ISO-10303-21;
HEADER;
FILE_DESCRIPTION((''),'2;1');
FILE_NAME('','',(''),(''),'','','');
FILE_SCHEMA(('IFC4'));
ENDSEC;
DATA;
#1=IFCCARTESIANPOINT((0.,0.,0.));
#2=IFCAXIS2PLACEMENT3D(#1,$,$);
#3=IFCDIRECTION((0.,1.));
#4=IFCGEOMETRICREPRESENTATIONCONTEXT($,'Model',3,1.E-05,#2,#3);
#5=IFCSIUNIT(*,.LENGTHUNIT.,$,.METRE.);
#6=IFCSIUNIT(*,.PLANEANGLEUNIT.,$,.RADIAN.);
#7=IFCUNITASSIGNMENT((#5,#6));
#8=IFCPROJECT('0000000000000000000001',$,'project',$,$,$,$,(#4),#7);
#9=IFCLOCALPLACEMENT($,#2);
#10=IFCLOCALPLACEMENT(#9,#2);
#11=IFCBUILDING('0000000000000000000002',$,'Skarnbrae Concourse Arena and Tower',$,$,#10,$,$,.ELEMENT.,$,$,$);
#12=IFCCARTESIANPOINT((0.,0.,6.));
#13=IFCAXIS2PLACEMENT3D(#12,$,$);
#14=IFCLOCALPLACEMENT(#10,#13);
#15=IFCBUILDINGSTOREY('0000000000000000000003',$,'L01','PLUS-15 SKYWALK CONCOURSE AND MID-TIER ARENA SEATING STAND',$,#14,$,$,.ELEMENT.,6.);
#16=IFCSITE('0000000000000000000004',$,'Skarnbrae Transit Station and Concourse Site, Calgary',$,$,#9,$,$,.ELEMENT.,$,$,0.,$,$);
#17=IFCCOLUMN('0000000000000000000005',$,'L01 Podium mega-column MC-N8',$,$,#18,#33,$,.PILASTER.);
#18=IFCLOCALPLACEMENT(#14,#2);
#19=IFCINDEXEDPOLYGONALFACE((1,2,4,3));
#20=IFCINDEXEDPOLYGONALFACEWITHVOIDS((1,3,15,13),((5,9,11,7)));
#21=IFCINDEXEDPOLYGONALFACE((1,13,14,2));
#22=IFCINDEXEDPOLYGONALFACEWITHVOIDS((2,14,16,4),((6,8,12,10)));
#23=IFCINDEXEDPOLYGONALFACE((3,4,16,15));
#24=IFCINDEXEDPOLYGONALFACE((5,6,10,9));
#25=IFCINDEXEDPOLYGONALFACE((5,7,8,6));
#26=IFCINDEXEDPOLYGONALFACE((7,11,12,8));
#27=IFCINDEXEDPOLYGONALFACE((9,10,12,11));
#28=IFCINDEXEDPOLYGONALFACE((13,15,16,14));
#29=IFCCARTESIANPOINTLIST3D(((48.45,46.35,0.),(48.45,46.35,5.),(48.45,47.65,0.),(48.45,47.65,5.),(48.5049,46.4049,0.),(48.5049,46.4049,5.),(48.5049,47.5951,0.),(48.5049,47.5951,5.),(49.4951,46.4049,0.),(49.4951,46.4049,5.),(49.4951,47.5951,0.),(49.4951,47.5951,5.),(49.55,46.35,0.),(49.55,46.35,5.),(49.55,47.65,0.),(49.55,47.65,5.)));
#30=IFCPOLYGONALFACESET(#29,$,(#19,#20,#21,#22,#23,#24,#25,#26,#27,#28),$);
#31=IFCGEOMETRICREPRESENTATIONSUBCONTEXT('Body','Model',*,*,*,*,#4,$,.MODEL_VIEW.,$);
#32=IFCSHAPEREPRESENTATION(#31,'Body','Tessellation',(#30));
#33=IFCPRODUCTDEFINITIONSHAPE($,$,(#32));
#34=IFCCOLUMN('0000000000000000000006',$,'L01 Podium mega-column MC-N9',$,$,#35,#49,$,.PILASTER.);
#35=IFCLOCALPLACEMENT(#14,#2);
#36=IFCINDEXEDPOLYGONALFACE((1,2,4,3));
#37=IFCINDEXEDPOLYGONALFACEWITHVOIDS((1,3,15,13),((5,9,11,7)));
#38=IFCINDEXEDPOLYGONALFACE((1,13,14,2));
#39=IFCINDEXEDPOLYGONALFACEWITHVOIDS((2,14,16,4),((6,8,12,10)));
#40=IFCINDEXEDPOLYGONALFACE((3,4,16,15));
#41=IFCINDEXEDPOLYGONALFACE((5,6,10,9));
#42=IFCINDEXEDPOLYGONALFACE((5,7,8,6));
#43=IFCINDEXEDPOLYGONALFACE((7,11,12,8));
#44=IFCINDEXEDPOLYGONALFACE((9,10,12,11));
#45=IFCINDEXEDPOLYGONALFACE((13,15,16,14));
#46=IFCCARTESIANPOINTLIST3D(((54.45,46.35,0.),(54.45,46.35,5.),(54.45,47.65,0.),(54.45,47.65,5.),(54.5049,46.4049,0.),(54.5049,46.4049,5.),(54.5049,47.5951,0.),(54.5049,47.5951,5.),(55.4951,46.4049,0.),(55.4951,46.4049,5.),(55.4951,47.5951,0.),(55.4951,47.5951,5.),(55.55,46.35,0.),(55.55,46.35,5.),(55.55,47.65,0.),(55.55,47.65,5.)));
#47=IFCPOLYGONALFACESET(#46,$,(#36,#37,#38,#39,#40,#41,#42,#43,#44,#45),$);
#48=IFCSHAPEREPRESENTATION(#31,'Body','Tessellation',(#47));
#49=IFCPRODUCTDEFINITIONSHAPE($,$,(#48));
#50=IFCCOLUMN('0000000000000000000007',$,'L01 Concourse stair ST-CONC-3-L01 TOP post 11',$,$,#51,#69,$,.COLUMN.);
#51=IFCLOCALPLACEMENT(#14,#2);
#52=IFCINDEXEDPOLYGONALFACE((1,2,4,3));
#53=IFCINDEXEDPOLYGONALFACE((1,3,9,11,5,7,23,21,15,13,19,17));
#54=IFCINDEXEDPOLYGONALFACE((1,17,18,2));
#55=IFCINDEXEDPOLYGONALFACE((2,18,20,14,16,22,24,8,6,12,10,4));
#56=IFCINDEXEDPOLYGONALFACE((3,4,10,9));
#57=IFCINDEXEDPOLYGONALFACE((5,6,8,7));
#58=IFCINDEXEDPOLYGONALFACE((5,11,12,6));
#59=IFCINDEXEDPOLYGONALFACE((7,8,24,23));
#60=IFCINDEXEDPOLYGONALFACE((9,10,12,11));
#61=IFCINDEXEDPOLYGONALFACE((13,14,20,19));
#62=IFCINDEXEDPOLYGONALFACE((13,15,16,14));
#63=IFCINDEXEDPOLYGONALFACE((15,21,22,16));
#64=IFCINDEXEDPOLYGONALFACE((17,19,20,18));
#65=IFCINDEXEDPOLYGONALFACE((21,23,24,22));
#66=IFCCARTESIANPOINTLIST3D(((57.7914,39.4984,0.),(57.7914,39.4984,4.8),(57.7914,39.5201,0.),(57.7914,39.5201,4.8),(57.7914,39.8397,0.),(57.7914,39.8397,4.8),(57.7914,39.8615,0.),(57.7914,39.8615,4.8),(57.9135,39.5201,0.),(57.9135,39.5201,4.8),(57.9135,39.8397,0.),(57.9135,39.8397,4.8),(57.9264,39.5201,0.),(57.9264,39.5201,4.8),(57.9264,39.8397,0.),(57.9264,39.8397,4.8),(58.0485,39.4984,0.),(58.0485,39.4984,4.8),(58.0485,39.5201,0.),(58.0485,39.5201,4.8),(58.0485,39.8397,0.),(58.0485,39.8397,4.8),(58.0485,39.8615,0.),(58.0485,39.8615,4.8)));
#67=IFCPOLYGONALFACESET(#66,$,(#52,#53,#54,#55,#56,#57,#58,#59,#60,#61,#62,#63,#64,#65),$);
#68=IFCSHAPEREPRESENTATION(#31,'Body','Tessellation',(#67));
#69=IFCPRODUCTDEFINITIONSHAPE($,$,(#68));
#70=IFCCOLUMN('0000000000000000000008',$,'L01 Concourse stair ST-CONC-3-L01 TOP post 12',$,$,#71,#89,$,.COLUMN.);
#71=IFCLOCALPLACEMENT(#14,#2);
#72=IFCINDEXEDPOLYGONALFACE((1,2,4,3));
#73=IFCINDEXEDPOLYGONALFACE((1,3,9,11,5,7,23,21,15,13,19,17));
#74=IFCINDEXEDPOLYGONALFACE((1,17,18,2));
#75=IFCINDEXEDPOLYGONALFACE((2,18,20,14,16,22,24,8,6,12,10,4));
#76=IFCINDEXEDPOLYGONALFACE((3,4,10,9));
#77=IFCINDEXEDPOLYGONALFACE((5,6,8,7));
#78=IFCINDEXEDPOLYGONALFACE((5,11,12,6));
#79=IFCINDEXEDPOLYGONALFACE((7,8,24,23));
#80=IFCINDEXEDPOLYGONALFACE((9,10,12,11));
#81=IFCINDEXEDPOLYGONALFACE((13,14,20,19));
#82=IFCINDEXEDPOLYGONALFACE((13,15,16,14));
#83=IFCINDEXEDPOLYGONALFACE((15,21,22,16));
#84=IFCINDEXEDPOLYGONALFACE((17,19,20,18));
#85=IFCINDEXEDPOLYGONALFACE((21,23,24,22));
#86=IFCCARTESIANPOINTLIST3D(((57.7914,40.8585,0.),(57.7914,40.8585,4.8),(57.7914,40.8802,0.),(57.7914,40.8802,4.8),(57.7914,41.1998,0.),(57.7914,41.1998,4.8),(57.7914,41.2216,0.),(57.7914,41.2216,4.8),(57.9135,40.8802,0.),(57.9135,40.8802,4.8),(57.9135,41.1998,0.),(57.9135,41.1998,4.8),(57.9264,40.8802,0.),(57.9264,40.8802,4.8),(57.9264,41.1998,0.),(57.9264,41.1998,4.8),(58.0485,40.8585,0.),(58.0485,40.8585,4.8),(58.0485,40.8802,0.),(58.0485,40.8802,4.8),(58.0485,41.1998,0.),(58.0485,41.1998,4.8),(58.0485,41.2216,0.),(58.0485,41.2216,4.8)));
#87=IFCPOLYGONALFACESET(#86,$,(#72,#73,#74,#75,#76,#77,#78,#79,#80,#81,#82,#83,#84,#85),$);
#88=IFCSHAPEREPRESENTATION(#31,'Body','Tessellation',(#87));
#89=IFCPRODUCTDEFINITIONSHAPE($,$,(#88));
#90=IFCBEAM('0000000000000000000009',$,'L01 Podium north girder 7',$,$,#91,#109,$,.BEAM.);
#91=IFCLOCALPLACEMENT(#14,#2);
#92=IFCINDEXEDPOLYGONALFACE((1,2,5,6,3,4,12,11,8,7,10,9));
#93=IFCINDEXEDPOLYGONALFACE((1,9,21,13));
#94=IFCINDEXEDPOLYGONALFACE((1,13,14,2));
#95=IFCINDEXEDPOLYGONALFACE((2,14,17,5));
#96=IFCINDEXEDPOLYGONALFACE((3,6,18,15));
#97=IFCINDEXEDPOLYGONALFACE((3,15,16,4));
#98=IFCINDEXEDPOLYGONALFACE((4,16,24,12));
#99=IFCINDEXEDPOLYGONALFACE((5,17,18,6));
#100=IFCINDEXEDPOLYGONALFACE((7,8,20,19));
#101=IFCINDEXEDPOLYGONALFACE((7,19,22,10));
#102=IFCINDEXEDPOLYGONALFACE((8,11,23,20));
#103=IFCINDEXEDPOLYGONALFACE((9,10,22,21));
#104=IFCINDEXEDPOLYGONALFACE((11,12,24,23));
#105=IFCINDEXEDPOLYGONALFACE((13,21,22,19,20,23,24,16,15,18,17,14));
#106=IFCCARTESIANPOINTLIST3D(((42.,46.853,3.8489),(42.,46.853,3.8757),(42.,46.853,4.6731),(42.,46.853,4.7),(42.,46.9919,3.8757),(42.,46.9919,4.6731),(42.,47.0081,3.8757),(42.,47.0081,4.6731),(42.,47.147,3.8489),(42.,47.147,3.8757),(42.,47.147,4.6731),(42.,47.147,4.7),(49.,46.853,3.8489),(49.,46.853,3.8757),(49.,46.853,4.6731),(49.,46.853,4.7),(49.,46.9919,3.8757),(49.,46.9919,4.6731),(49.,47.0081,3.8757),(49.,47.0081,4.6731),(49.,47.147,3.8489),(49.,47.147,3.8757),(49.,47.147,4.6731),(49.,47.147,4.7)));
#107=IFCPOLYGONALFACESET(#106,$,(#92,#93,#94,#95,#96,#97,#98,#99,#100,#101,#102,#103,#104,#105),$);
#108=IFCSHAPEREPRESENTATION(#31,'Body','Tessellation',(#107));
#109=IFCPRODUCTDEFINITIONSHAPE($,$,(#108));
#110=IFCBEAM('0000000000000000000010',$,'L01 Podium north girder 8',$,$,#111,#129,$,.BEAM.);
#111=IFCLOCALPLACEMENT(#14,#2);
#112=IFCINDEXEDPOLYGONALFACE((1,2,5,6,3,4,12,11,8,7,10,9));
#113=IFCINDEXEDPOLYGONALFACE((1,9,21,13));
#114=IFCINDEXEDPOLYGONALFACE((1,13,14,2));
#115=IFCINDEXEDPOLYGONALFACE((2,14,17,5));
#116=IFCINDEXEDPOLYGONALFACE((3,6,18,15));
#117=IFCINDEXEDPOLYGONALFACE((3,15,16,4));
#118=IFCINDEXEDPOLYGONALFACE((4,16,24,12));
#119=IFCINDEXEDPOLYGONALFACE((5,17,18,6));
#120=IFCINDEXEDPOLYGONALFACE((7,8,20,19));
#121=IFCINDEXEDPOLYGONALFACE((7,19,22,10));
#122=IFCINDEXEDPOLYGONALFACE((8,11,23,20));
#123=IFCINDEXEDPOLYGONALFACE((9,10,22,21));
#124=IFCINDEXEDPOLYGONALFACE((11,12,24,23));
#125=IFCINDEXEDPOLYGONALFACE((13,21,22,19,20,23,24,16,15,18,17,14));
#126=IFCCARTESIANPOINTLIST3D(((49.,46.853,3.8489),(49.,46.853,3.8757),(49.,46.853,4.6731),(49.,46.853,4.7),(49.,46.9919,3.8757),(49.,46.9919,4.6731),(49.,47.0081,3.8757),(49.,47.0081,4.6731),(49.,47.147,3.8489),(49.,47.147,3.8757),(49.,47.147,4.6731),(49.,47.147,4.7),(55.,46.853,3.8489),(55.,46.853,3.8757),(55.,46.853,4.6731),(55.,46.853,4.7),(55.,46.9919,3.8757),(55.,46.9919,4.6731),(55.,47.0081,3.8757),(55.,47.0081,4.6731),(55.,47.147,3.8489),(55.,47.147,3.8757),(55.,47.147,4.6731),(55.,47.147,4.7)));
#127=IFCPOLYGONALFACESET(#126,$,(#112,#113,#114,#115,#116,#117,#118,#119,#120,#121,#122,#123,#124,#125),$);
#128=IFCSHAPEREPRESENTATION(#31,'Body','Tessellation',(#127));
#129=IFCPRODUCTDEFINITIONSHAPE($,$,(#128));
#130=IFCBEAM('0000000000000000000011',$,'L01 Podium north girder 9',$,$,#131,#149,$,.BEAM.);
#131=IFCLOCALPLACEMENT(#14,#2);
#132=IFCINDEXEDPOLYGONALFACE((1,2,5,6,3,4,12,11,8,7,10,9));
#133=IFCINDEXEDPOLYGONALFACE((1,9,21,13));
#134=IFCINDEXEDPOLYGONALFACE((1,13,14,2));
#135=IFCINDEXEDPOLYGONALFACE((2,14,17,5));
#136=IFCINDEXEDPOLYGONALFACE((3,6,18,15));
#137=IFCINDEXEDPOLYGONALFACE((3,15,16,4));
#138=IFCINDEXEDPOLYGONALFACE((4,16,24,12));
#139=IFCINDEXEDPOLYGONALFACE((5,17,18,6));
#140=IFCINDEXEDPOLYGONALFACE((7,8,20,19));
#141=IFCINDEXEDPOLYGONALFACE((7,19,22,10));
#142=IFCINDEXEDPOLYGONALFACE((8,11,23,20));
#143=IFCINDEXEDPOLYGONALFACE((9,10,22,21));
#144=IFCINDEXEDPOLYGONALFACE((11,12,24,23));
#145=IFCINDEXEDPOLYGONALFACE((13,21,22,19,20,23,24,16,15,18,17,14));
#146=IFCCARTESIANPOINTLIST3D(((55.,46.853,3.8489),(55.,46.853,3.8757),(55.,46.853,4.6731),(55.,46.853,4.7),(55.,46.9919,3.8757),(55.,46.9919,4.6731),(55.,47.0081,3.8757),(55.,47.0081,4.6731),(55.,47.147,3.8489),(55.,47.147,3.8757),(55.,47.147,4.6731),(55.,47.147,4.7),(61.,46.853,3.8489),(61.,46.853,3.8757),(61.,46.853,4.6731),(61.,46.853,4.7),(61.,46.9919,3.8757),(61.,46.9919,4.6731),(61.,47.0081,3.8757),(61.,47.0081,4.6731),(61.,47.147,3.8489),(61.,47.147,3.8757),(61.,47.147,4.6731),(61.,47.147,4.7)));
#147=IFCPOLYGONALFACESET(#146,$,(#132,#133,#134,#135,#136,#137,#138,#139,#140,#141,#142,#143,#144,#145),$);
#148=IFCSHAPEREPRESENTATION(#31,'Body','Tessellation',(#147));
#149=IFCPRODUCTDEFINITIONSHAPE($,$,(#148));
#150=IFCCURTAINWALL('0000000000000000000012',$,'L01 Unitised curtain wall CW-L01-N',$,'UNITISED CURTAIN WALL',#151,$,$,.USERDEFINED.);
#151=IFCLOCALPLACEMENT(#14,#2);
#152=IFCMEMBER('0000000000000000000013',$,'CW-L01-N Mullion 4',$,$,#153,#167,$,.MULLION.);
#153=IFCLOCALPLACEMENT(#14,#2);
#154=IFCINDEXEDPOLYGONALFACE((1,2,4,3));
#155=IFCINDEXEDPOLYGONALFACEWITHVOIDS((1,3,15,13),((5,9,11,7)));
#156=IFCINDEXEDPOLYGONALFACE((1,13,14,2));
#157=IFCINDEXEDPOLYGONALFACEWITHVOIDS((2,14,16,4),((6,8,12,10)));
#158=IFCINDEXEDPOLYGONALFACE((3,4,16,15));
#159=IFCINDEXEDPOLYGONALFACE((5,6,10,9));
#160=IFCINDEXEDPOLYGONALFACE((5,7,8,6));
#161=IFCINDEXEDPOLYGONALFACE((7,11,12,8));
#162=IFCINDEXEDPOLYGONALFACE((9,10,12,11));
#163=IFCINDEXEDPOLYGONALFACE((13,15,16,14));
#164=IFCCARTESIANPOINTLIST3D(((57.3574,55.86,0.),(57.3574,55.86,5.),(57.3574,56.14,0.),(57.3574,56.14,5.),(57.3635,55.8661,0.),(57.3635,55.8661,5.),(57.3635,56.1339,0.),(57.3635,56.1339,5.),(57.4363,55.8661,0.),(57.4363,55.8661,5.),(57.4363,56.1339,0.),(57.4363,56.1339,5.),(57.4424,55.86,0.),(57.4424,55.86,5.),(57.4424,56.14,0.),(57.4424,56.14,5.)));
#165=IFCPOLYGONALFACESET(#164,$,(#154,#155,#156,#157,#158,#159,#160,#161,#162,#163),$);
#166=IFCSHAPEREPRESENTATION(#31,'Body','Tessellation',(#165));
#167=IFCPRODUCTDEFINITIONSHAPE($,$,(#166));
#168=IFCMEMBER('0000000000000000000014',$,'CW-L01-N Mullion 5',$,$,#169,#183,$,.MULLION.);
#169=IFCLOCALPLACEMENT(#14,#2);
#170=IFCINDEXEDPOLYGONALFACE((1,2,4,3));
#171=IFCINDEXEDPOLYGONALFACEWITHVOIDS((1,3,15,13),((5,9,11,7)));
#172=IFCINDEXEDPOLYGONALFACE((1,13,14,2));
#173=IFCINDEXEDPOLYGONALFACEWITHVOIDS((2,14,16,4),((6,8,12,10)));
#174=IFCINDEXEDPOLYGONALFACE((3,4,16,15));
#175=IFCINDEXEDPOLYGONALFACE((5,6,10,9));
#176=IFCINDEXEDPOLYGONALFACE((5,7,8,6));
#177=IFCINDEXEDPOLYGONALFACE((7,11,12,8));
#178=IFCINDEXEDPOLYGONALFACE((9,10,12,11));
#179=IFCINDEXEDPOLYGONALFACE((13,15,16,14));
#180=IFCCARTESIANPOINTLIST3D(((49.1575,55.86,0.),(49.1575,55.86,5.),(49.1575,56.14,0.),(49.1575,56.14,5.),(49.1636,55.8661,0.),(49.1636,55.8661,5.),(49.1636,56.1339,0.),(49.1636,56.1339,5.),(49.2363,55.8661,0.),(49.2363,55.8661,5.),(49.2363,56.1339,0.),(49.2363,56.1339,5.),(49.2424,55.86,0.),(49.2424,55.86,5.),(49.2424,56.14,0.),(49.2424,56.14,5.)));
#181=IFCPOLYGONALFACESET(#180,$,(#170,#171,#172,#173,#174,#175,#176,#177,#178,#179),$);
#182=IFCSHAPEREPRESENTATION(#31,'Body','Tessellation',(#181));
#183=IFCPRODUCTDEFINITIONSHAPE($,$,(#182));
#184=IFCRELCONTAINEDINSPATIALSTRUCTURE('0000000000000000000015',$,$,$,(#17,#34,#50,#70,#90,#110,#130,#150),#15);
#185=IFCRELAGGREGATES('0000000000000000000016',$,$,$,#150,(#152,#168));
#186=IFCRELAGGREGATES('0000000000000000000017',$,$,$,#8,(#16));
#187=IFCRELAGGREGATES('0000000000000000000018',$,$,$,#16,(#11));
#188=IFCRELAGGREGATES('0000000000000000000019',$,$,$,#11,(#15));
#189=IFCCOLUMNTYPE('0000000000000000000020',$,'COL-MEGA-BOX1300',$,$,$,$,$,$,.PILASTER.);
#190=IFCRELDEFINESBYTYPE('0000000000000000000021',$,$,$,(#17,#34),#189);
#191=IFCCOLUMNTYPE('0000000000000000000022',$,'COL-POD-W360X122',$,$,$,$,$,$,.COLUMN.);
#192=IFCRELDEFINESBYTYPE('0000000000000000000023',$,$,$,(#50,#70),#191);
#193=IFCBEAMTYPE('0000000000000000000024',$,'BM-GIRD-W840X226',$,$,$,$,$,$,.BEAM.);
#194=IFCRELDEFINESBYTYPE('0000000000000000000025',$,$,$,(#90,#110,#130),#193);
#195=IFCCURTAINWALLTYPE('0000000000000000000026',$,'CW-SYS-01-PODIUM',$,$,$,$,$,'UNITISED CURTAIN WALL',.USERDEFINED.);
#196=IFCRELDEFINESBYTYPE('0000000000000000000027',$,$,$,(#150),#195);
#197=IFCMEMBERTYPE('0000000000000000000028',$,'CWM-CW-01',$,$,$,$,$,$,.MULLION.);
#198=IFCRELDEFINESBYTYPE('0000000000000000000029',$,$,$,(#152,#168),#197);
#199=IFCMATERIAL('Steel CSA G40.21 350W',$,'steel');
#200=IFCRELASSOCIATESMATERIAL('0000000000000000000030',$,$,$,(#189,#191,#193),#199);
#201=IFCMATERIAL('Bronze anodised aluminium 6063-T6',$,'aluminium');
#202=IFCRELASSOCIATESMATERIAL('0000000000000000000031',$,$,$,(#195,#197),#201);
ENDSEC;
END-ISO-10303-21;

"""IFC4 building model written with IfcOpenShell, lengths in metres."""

from ifc_helpers import new_model, si_unit, direction, frame, origin, origin_2d, place, context, subcontext, project, spatial, hollow_rectangle, i_section, extrude, source, transform, mapped, material, material_profile, profile_set, type_object, element, aggregate, save


model = new_model("IFC4")

# Units and contexts
model_context = context("Model", 3, precision=1e-05, world=origin(), true_north=direction((0.0, 1.0)))
body_context = subcontext(model_context, "Body", "Model", "MODEL_VIEW")
ifc_project = project(units=[si_unit("LENGTHUNIT", "METRE"), si_unit("PLANEANGLEUNIT", "RADIAN")], contexts=[model_context])

# Site, building, storey
site_placement = place(None, origin())
site = spatial("IfcSite", under=ifc_project, at=site_placement, Name="Skarnbrae Transit Station and Concourse Site, Calgary", CompositionType="ELEMENT", RefElevation=0.0)
building_placement = place(site_placement, origin())
building = spatial("IfcBuilding", under=site, at=building_placement, Name="Skarnbrae Concourse Arena and Tower", CompositionType="ELEMENT")
storey_placement = place(building_placement, frame((0.0, 0.0, 6.0)))
storey = spatial("IfcBuildingStorey", under=building, at=storey_placement, Name="L01", Description="PLUS-15 SKYWALK CONCOURSE AND MID-TIER ARENA SEATING STAND", CompositionType="ELEMENT", Elevation=6.0)

# Columns
ifc_material_1 = material(Name="Steel CSA G40.21 350W", Category="steel")
ifc_material_profile_1 = material_profile(ifc_material_1, hollow_rectangle(XDim=1.1001, YDim=1.3, WallThickness=0.0549, at=origin_2d()), Name="BOX1300X1100X55")
ifc_profile_set_1 = profile_set([ifc_material_profile_1], Name="Steel CSA G40.21 350W")
column_type_1 = type_object("IfcColumnType", Name="COL-MEGA-BOX1300", PredefinedType="PILASTER", material=ifc_profile_set_1)
shared_shape_1 = source(origin(), body_context, "Body", "SweptSolid", [
    extrude(hollow_rectangle(XDim=1.1001, YDim=1.3, WallThickness=0.0549, at=origin_2d()), origin(), (0.0, 0.0, 1.0), 5.0),
])
for number, where, z_axis, x_axis, name in (
    (1, (49.0, 47.0, 0.0), (0.0, 0.0, 1.0), (1.0, 0.0, 0.0), "L01 Podium mega-column MC-N8"),
    (2, (55.0, 47.0, 0.0), (0.0, 0.0, 1.0), (1.0, 0.0, 0.0), "L01 Podium mega-column MC-N9"),
):
    element("IfcColumn", number, at=place(storey_placement, frame(where, z_axis=z_axis, x_axis=x_axis)), inside=storey, type_object=column_type_1, Name=name, PredefinedType="PILASTER", context=body_context, shape_type="MappedRepresentation", body=[
        mapped(shared_shape_1, transform((0.0, 0.0, 0.0))),
    ])
ifc_material_profile_2 = material_profile(ifc_material_1, i_section(OverallWidth=0.2571, OverallDepth=0.363, WebThickness=0.0129, FlangeThickness=0.0217, at=origin_2d()), Name="W360X122")
ifc_profile_set_2 = profile_set([ifc_material_profile_2], Name="Steel CSA G40.21 350W")
column_type_2 = type_object("IfcColumnType", Name="COL-POD-W360X122", PredefinedType="COLUMN", material=ifc_profile_set_2)
shared_shape_2 = source(origin(), body_context, "Body", "SweptSolid", [
    extrude(i_section(OverallWidth=0.2571, OverallDepth=0.363, WebThickness=0.0129, FlangeThickness=0.0217, at=origin_2d()), origin(), (0.0, 0.0, 1.0), 4.8),
])
for number, where, z_axis, x_axis, name in (
    (3, (57.9199, 39.6799, 0.0), (0.0, 0.0, 1.0), (1.0, 0.0, 0.0), "L01 Concourse stair ST-CONC-3-L01 TOP post 11"),
    (4, (57.9199, 41.04, 0.0), (0.0, 0.0, 1.0), (1.0, 0.0, 0.0), "L01 Concourse stair ST-CONC-3-L01 TOP post 12"),
):
    element("IfcColumn", number, at=place(storey_placement, frame(where, z_axis=z_axis, x_axis=x_axis)), inside=storey, type_object=column_type_2, Name=name, PredefinedType="COLUMN", context=body_context, shape_type="MappedRepresentation", body=[
        mapped(shared_shape_2, transform((0.0, 0.0, 0.0))),
    ])

# Beams
ifc_material_profile_3 = material_profile(ifc_material_1, i_section(OverallWidth=0.2939, OverallDepth=0.8511, WebThickness=0.0161, FlangeThickness=0.0269, at=origin_2d()), Name="W840X226")
ifc_profile_set_3 = profile_set([ifc_material_profile_3], Name="Steel CSA G40.21 350W")
beam_type_1 = type_object("IfcBeamType", Name="BM-GIRD-W840X226", PredefinedType="BEAM", material=ifc_profile_set_3)
shared_shape_3 = source(origin(), body_context, "Body", "SweptSolid", [
    extrude(i_section(OverallWidth=0.2939, OverallDepth=0.8511, WebThickness=0.0161, FlangeThickness=0.0269, at=origin_2d()), origin(), (0.0, 0.0, 1.0), 7.0),
])
beam_1_placement = place(storey_placement, frame((42.0, 47.0, 4.2744), z_axis=(1.0, 0.0, 0.0), x_axis=(0.0, 1.0, 0.0)))
element("IfcBeam", 5, at=beam_1_placement, inside=storey, type_object=beam_type_1, Name="L01 Podium north girder 7", PredefinedType="BEAM", context=body_context, shape_type="MappedRepresentation", body=[
    mapped(shared_shape_3, transform((0.0, 0.0, 0.0))),
])
shared_shape_4 = source(origin(), body_context, "Body", "SweptSolid", [
    extrude(i_section(OverallWidth=0.2939, OverallDepth=0.8511, WebThickness=0.0161, FlangeThickness=0.0269, at=origin_2d()), origin(), (0.0, 0.0, 1.0), 6.0),
])
for number, where, z_axis, x_axis, name in (
    (6, (49.0, 47.0, 4.2744), (1.0, 0.0, 0.0), (0.0, 1.0, 0.0), "L01 Podium north girder 8"),
    (7, (55.0, 47.0, 4.2744), (1.0, 0.0, 0.0), (0.0, 1.0, 0.0), "L01 Podium north girder 9"),
):
    element("IfcBeam", number, at=place(storey_placement, frame(where, z_axis=z_axis, x_axis=x_axis)), inside=storey, type_object=beam_type_1, Name=name, PredefinedType="BEAM", context=body_context, shape_type="MappedRepresentation", body=[
        mapped(shared_shape_4, transform((0.0, 0.0, 0.0))),
    ])

# Curtain wall, members
ifc_material_2 = material(Name="Bronze anodised aluminium 6063-T6", Category="aluminium")
curtain_wall_type = type_object("IfcCurtainWallType", Name="CW-SYS-01-PODIUM", ElementType="UNITISED CURTAIN WALL", PredefinedType="USERDEFINED", material=ifc_material_2)
curtain_wall_placement = place(storey_placement, origin())
curtain_wall = element("IfcCurtainWall", 8, at=curtain_wall_placement, inside=storey, type_object=curtain_wall_type, Name="L01 Unitised curtain wall CW-L01-N", ObjectType="UNITISED CURTAIN WALL", PredefinedType="USERDEFINED")
ifc_material_profile_4 = material_profile(ifc_material_2, hollow_rectangle(XDim=0.085, YDim=0.28, WallThickness=0.0061, at=origin_2d()), Name="ALU-MULL-85X280")
ifc_profile_set_4 = profile_set([ifc_material_profile_4], Name="Bronze anodised aluminium 6063-T6")
member_type_1 = type_object("IfcMemberType", Name="CWM-CW-01", PredefinedType="MULLION", material=ifc_profile_set_4)
shared_shape_5 = source(origin(), body_context, "Body", "SweptSolid", [
    extrude(hollow_rectangle(XDim=0.085, YDim=0.28, WallThickness=0.0061, at=origin_2d()), origin(), (0.0, 0.0, 1.0), 5.0),
])
member_1_placement = place(storey_placement, frame((57.3999, 56.0, 0.0), z_axis=(0.0, 0.0, 1.0), x_axis=(-1.0, 0.0, 0.0)))
member_1 = element("IfcMember", 9, at=member_1_placement, type_object=member_type_1, Name="CW-L01-N Mullion 4", PredefinedType="MULLION", context=body_context, shape_type="MappedRepresentation", body=[
    mapped(shared_shape_5, transform((0.0, 0.0, 0.0))),
])
member_2_placement = place(storey_placement, frame((49.2, 56.0, 0.0), z_axis=(0.0, 0.0, 1.0), x_axis=(-1.0, 0.0, 0.0)))
member_2 = element("IfcMember", 10, at=member_2_placement, type_object=member_type_1, Name="CW-L01-N Mullion 5", PredefinedType="MULLION", context=body_context, shape_type="MappedRepresentation", body=[
    mapped(shared_shape_5, transform((0.0, 0.0, 0.0))),
])

aggregate(curtain_wall, [member_1, member_2])

save(model, "model.ifc")
